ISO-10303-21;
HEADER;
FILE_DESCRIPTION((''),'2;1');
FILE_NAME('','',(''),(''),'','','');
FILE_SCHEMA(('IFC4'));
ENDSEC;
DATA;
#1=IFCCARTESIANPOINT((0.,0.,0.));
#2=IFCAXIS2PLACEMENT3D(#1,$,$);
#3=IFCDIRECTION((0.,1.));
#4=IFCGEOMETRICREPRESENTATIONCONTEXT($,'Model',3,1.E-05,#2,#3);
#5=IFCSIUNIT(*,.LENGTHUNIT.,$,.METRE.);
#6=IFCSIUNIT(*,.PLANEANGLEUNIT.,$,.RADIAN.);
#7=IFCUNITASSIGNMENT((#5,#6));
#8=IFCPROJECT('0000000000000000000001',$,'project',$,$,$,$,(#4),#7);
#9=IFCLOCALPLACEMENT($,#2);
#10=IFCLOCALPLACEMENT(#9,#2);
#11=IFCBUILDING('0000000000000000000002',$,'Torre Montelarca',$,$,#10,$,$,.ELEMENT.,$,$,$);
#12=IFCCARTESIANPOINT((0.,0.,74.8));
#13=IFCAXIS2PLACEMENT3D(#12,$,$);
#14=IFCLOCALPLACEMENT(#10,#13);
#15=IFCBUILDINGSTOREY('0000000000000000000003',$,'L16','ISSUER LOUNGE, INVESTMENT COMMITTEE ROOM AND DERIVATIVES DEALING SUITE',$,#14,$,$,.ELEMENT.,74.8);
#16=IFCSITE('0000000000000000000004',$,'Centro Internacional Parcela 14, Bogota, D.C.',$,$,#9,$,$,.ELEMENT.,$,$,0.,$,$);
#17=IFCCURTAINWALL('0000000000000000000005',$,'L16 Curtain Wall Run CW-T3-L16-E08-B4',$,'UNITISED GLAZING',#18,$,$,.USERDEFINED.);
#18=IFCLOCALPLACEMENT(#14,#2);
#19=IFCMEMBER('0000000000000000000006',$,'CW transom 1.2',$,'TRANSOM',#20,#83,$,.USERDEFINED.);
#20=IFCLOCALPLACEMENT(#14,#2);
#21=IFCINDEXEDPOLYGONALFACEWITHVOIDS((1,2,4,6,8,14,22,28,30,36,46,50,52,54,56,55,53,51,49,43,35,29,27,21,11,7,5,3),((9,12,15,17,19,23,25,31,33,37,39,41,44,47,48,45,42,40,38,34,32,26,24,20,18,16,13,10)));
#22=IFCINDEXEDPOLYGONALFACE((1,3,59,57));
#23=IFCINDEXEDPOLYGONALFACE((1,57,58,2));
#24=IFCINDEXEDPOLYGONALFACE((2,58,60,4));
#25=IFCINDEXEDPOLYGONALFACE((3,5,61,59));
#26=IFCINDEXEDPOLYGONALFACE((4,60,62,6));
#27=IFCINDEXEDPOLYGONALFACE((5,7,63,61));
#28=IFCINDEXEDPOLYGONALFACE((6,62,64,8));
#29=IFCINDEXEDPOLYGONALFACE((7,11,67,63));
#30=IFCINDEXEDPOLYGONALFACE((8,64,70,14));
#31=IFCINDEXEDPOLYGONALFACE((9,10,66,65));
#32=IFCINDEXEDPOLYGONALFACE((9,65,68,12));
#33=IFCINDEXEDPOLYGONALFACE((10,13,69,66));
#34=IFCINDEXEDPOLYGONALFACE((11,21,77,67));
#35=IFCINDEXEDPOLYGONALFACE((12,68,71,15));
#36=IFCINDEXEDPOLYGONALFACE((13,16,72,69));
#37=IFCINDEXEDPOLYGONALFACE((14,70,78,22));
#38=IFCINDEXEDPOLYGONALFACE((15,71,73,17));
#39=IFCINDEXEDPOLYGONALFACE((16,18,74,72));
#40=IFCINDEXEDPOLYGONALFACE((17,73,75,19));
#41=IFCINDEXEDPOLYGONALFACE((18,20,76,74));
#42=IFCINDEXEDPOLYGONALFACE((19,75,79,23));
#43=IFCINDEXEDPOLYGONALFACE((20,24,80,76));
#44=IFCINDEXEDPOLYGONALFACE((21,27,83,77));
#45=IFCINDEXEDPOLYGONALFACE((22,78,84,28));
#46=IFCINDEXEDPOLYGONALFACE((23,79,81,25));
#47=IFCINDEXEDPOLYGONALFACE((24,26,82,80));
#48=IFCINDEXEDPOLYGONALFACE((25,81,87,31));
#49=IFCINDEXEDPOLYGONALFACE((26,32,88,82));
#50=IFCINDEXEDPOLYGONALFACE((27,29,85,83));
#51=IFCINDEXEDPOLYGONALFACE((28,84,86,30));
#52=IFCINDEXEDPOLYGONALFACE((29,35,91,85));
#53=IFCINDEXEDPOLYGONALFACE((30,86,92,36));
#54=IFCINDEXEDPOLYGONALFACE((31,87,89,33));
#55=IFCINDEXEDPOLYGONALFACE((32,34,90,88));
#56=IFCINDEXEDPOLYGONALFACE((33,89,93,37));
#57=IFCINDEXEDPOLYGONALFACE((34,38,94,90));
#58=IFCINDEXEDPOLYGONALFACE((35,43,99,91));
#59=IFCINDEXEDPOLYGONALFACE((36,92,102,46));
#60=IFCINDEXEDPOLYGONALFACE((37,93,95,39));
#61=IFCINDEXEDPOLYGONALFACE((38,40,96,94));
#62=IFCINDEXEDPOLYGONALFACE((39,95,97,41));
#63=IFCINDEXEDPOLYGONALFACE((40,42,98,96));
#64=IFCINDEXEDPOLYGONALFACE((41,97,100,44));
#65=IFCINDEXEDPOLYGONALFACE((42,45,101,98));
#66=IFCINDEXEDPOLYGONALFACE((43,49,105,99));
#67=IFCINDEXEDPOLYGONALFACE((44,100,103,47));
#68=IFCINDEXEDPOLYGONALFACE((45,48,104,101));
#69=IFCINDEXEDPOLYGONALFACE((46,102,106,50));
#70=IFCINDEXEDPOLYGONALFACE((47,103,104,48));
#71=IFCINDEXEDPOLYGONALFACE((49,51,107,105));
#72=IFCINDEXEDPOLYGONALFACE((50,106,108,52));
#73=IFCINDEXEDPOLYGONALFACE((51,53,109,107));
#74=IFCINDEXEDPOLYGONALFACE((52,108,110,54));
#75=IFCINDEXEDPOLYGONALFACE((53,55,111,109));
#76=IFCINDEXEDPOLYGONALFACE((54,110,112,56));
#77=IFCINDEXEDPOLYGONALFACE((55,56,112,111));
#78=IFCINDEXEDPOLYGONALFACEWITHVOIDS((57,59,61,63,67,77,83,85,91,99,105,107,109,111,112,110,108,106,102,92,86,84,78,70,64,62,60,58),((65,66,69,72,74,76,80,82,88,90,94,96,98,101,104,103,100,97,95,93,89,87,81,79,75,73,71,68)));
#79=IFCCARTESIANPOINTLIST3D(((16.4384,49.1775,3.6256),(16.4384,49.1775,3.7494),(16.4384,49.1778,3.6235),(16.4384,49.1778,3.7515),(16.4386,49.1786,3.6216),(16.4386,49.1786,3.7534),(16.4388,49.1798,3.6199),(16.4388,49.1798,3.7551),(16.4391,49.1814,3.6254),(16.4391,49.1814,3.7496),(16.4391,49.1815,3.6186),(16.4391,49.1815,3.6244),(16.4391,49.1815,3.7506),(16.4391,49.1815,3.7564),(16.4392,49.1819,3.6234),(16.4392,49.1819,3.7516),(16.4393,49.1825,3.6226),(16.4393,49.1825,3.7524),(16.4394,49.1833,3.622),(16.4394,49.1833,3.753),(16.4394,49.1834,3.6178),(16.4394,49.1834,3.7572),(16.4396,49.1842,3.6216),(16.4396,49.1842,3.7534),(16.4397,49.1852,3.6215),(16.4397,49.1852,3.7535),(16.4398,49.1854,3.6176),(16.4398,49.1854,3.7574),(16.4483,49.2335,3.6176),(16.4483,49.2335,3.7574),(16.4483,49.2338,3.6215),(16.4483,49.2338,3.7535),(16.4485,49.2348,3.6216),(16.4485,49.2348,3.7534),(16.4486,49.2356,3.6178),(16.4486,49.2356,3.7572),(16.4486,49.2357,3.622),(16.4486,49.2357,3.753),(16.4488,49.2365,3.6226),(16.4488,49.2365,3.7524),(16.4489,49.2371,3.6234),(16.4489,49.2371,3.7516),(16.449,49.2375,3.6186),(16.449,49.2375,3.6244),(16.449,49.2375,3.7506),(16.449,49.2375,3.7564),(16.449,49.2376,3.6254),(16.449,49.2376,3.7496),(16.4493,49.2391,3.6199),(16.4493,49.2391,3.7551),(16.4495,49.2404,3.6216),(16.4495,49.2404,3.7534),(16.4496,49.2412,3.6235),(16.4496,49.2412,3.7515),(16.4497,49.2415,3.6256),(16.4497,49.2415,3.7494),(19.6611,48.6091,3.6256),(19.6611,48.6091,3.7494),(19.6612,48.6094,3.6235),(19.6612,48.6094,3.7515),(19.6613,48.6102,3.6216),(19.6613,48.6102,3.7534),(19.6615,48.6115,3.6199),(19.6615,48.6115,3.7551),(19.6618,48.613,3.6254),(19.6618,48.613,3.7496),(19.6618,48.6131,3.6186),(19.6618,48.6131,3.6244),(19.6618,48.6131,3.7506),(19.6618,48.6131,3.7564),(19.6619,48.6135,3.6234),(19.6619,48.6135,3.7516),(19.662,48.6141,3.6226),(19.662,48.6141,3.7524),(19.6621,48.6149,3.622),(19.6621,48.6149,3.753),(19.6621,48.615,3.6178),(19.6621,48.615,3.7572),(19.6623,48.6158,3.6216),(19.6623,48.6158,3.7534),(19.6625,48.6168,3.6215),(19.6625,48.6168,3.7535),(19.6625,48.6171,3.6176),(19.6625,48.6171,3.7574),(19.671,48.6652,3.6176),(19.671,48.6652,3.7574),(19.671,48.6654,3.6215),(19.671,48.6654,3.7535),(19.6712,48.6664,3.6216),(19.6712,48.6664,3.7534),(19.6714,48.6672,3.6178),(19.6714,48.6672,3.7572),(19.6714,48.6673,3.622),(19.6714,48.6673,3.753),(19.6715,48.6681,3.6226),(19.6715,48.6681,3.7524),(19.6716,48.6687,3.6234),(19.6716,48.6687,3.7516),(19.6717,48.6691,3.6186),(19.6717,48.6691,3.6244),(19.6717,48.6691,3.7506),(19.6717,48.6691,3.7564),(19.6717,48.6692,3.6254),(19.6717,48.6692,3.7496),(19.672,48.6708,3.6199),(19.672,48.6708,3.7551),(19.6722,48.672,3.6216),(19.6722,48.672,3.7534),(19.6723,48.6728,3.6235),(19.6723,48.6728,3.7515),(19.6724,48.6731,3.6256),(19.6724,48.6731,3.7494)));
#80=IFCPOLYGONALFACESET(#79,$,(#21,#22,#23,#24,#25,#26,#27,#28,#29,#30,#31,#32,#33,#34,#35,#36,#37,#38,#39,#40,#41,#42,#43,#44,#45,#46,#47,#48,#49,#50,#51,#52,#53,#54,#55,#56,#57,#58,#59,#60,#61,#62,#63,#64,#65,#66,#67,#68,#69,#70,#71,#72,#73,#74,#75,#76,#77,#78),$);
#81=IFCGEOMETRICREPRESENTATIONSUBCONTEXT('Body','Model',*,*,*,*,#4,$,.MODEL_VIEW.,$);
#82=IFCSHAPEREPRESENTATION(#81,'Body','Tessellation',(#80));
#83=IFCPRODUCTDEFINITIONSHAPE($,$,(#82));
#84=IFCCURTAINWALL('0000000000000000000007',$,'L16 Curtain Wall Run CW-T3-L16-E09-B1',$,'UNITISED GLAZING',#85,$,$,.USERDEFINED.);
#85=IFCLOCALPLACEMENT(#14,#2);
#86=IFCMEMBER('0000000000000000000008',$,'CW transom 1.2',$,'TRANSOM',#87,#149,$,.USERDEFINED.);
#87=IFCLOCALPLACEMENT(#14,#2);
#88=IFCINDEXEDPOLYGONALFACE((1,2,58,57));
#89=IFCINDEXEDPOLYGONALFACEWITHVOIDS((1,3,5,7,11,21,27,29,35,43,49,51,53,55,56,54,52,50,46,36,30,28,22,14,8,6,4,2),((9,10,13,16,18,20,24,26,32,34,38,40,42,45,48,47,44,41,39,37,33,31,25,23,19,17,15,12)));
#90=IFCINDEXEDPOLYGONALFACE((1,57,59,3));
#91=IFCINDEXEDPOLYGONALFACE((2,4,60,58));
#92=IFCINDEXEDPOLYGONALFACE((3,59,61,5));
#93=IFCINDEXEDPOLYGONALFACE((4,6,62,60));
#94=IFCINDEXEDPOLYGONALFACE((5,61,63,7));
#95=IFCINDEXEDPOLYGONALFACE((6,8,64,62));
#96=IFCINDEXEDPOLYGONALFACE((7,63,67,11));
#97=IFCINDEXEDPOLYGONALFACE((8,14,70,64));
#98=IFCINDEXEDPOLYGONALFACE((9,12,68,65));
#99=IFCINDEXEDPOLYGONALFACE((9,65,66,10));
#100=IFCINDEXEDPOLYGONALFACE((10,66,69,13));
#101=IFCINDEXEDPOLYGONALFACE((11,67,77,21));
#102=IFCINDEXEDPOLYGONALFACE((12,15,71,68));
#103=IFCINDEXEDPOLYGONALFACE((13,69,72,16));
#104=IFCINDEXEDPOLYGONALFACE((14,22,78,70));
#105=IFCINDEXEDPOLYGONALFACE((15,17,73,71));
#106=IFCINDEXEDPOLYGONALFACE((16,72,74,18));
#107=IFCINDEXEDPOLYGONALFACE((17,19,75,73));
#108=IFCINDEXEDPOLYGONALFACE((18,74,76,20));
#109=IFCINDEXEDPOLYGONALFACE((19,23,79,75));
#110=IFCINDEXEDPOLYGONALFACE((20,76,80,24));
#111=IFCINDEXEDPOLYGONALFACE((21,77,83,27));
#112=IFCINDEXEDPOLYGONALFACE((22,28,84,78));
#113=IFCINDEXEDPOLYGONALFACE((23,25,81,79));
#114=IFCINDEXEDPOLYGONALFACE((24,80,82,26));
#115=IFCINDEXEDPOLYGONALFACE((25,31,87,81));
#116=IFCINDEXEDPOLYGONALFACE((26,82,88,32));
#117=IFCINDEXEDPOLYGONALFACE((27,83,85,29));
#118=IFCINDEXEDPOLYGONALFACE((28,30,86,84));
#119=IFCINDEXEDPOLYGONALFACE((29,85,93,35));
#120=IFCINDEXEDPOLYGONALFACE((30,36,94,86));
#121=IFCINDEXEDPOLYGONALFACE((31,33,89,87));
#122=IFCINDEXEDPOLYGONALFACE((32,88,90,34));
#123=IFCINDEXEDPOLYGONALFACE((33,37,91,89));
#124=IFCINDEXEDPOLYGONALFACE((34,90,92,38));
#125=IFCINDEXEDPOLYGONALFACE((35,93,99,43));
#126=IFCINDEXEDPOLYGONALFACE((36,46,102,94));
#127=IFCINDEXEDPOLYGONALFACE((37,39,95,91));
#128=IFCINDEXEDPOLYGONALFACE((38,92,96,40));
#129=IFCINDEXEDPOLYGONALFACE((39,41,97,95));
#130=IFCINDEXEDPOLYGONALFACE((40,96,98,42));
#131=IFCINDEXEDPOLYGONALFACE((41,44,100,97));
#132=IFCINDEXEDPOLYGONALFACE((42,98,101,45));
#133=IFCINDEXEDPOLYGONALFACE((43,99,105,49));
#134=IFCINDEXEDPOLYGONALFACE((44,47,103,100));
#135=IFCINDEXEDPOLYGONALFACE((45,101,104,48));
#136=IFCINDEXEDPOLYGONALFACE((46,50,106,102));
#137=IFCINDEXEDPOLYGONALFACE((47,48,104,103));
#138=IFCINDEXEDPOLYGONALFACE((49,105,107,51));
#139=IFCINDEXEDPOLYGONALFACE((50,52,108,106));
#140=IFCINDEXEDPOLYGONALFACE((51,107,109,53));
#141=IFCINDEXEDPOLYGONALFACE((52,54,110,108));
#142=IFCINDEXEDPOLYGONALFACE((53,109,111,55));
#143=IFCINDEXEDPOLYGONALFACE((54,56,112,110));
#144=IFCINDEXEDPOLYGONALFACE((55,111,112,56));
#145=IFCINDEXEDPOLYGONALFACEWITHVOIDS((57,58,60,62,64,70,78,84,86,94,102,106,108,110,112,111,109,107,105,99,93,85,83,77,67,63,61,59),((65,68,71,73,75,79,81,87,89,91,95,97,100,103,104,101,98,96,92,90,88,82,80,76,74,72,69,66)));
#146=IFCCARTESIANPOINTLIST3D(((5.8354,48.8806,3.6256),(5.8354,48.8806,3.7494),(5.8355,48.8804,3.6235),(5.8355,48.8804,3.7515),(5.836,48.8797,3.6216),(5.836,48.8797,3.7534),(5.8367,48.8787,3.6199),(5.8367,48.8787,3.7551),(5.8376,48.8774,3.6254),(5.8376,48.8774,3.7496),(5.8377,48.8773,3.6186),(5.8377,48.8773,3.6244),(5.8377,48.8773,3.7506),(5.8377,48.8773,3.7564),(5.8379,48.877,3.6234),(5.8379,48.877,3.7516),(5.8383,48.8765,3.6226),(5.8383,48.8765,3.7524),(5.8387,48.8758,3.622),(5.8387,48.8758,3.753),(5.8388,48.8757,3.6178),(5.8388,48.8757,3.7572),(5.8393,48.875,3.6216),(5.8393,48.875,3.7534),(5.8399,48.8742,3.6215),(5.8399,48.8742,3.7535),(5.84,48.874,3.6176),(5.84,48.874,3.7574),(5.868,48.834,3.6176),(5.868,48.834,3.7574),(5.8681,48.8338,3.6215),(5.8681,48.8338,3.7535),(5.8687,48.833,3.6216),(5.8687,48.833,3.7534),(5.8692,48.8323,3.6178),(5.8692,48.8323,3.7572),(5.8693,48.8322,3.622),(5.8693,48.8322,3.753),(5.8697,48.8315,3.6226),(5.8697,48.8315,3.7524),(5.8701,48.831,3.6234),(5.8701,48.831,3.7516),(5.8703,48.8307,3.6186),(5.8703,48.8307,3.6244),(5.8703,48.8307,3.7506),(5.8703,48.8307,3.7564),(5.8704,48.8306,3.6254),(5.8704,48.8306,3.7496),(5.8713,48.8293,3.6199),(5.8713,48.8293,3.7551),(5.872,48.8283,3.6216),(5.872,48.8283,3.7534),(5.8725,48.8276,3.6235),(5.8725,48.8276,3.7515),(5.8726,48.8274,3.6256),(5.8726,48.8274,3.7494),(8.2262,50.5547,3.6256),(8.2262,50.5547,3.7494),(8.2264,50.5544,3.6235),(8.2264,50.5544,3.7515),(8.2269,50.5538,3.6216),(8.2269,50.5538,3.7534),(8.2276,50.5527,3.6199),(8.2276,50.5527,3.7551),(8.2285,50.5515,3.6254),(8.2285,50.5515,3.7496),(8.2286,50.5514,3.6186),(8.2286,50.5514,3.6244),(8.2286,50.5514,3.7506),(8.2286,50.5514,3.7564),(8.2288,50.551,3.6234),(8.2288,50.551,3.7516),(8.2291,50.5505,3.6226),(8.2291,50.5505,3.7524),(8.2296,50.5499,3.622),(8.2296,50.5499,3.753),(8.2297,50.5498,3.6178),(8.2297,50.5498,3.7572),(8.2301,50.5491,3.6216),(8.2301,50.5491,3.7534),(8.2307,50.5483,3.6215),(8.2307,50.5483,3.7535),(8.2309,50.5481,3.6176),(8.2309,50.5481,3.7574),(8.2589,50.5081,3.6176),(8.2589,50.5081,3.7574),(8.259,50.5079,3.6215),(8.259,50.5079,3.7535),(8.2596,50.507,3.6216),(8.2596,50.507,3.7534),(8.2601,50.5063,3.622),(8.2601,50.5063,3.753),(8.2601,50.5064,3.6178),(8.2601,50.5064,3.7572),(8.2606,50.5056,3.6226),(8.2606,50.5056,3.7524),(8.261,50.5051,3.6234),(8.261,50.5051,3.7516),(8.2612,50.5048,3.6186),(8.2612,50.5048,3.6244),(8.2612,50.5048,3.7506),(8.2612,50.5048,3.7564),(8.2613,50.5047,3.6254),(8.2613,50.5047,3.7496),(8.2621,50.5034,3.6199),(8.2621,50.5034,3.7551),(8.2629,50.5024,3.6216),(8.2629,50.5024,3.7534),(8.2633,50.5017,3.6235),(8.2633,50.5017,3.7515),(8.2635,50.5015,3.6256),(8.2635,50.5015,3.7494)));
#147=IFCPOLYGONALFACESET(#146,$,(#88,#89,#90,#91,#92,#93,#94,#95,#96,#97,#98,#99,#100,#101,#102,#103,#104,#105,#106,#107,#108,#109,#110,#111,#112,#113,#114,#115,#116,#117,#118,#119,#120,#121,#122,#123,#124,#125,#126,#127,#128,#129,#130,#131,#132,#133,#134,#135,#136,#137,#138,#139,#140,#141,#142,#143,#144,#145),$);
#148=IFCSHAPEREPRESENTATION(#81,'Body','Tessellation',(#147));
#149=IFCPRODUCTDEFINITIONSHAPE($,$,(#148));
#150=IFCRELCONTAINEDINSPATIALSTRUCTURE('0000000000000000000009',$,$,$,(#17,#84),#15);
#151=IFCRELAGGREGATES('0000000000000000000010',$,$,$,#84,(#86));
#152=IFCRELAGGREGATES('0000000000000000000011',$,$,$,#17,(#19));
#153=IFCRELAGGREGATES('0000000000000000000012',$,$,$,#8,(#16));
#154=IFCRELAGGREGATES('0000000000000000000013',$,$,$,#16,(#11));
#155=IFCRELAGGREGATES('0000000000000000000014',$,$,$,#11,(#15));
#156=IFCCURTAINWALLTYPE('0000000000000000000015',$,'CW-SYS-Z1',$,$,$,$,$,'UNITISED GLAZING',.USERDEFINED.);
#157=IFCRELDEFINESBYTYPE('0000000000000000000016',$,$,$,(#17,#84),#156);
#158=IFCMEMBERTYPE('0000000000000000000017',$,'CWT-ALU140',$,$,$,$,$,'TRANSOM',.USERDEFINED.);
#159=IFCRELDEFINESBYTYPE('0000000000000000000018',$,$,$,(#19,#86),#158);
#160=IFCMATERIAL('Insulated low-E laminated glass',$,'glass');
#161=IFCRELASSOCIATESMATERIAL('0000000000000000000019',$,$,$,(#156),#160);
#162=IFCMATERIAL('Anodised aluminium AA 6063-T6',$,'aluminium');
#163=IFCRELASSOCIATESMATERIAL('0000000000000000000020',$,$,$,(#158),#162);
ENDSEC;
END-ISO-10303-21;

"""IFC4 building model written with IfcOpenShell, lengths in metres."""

from ifc_helpers import new_model, si_unit, direction, frame, origin, origin_2d, place, context, subcontext, project, spatial, hollow_rectangle, extrude, source, transform, mapped, material, material_profile, profile_set, type_object, element, aggregate, save


model = new_model("IFC4")

# Units and contexts
model_context = context("Model", 3, precision=1e-05, world=origin(), true_north=direction((0.0, 1.0)))
body_context = subcontext(model_context, "Body", "Model", "MODEL_VIEW")
ifc_project = project(units=[si_unit("LENGTHUNIT", "METRE"), si_unit("PLANEANGLEUNIT", "RADIAN")], contexts=[model_context])

# Site, building, storey
site_placement = place(None, origin())
site = spatial("IfcSite", under=ifc_project, at=site_placement, Name="Centro Internacional Parcela 14, Bogota, D.C.", CompositionType="ELEMENT", RefElevation=0.0)
building_placement = place(site_placement, origin())
building = spatial("IfcBuilding", under=site, at=building_placement, Name="Torre Montelarca", CompositionType="ELEMENT")
storey_placement = place(building_placement, frame((0.0, 0.0, 74.8)))
storey = spatial("IfcBuildingStorey", under=building, at=storey_placement, Name="L16", Description="ISSUER LOUNGE, INVESTMENT COMMITTEE ROOM AND DERIVATIVES DEALING SUITE", CompositionType="ELEMENT", Elevation=74.8)

# Curtain wall, member
ifc_material_1 = material(Name="Insulated low-E laminated glass", Category="glass")
curtain_wall_type = type_object("IfcCurtainWallType", Name="CW-SYS-Z1", ElementType="UNITISED GLAZING", PredefinedType="USERDEFINED", material=ifc_material_1)
curtain_wall_1_placement = place(storey_placement, origin())
curtain_wall_1 = element("IfcCurtainWall", 1, at=curtain_wall_1_placement, inside=storey, type_object=curtain_wall_type, Name="L16 Curtain Wall Run CW-T3-L16-E08-B4", ObjectType="UNITISED GLAZING", PredefinedType="USERDEFINED")
ifc_material_2 = material(Name="Anodised aluminium AA 6063-T6", Category="aluminium")
ifc_material_profile_1 = material_profile(ifc_material_2, hollow_rectangle(XDim=0.0649, YDim=0.1399, WallThickness=0.0039, InnerFilletRadius=0.0039, OuterFilletRadius=0.0081, at=origin_2d()), Name="ALU65X140X4", Category="aluminium")
ifc_profile_set_1 = profile_set([ifc_material_profile_1], Name="Anodised aluminium AA 6063-T6")
member_type_1 = type_object("IfcMemberType", Name="CWT-ALU140", ElementType="TRANSOM", PredefinedType="USERDEFINED", material=ifc_profile_set_1)
shared_shape_1 = source(origin(), body_context, "Body", "SweptSolid", [
    extrude(hollow_rectangle(XDim=0.0649, YDim=0.1399, WallThickness=0.0039, InnerFilletRadius=0.0039, OuterFilletRadius=0.0081, at=origin_2d()), origin(), (0.0, 0.0, 1.0), 3.2725),
])
member_1_placement = place(storey_placement, frame((19.6667, 48.6411, 3.6875), z_axis=(-0.984802, 0.173683, 0.0), x_axis=(-0.173683, -0.984802, 0.0)))
member_1 = element("IfcMember", 2, at=member_1_placement, type_object=member_type_1, Name="CW transom 1.2", ObjectType="TRANSOM", PredefinedType="USERDEFINED", context=body_context, shape_type="MappedRepresentation", body=[
    mapped(shared_shape_1, transform((0.0, 0.0, 0.0), scale=1.0)),
])

# Curtain wall, member
curtain_wall_2_placement = place(storey_placement, origin())
curtain_wall_2 = element("IfcCurtainWall", 3, at=curtain_wall_2_placement, inside=storey, type_object=curtain_wall_type, Name="L16 Curtain Wall Run CW-T3-L16-E09-B1", ObjectType="UNITISED GLAZING", PredefinedType="USERDEFINED")
shared_shape_2 = source(origin(), body_context, "Body", "SweptSolid", [
    extrude(hollow_rectangle(XDim=0.0649, YDim=0.1399, WallThickness=0.0039, InnerFilletRadius=0.0039, OuterFilletRadius=0.0081, at=origin_2d()), origin(), (0.0, 0.0, 1.0), 2.9187),
])
member_2_placement = place(storey_placement, frame((8.2449, 50.5281, 3.6875), z_axis=(-0.819157, -0.573569, 0.0), x_axis=(0.573569, -0.819157, 0.0)))
member_2 = element("IfcMember", 4, at=member_2_placement, type_object=member_type_1, Name="CW transom 1.2", ObjectType="TRANSOM", PredefinedType="USERDEFINED", context=body_context, shape_type="MappedRepresentation", body=[
    mapped(shared_shape_2, transform((0.0, 0.0, 0.0), scale=1.0)),
])

aggregate(curtain_wall_2, [member_2])

aggregate(curtain_wall_1, [member_1])

save(model, "model.ifc")
